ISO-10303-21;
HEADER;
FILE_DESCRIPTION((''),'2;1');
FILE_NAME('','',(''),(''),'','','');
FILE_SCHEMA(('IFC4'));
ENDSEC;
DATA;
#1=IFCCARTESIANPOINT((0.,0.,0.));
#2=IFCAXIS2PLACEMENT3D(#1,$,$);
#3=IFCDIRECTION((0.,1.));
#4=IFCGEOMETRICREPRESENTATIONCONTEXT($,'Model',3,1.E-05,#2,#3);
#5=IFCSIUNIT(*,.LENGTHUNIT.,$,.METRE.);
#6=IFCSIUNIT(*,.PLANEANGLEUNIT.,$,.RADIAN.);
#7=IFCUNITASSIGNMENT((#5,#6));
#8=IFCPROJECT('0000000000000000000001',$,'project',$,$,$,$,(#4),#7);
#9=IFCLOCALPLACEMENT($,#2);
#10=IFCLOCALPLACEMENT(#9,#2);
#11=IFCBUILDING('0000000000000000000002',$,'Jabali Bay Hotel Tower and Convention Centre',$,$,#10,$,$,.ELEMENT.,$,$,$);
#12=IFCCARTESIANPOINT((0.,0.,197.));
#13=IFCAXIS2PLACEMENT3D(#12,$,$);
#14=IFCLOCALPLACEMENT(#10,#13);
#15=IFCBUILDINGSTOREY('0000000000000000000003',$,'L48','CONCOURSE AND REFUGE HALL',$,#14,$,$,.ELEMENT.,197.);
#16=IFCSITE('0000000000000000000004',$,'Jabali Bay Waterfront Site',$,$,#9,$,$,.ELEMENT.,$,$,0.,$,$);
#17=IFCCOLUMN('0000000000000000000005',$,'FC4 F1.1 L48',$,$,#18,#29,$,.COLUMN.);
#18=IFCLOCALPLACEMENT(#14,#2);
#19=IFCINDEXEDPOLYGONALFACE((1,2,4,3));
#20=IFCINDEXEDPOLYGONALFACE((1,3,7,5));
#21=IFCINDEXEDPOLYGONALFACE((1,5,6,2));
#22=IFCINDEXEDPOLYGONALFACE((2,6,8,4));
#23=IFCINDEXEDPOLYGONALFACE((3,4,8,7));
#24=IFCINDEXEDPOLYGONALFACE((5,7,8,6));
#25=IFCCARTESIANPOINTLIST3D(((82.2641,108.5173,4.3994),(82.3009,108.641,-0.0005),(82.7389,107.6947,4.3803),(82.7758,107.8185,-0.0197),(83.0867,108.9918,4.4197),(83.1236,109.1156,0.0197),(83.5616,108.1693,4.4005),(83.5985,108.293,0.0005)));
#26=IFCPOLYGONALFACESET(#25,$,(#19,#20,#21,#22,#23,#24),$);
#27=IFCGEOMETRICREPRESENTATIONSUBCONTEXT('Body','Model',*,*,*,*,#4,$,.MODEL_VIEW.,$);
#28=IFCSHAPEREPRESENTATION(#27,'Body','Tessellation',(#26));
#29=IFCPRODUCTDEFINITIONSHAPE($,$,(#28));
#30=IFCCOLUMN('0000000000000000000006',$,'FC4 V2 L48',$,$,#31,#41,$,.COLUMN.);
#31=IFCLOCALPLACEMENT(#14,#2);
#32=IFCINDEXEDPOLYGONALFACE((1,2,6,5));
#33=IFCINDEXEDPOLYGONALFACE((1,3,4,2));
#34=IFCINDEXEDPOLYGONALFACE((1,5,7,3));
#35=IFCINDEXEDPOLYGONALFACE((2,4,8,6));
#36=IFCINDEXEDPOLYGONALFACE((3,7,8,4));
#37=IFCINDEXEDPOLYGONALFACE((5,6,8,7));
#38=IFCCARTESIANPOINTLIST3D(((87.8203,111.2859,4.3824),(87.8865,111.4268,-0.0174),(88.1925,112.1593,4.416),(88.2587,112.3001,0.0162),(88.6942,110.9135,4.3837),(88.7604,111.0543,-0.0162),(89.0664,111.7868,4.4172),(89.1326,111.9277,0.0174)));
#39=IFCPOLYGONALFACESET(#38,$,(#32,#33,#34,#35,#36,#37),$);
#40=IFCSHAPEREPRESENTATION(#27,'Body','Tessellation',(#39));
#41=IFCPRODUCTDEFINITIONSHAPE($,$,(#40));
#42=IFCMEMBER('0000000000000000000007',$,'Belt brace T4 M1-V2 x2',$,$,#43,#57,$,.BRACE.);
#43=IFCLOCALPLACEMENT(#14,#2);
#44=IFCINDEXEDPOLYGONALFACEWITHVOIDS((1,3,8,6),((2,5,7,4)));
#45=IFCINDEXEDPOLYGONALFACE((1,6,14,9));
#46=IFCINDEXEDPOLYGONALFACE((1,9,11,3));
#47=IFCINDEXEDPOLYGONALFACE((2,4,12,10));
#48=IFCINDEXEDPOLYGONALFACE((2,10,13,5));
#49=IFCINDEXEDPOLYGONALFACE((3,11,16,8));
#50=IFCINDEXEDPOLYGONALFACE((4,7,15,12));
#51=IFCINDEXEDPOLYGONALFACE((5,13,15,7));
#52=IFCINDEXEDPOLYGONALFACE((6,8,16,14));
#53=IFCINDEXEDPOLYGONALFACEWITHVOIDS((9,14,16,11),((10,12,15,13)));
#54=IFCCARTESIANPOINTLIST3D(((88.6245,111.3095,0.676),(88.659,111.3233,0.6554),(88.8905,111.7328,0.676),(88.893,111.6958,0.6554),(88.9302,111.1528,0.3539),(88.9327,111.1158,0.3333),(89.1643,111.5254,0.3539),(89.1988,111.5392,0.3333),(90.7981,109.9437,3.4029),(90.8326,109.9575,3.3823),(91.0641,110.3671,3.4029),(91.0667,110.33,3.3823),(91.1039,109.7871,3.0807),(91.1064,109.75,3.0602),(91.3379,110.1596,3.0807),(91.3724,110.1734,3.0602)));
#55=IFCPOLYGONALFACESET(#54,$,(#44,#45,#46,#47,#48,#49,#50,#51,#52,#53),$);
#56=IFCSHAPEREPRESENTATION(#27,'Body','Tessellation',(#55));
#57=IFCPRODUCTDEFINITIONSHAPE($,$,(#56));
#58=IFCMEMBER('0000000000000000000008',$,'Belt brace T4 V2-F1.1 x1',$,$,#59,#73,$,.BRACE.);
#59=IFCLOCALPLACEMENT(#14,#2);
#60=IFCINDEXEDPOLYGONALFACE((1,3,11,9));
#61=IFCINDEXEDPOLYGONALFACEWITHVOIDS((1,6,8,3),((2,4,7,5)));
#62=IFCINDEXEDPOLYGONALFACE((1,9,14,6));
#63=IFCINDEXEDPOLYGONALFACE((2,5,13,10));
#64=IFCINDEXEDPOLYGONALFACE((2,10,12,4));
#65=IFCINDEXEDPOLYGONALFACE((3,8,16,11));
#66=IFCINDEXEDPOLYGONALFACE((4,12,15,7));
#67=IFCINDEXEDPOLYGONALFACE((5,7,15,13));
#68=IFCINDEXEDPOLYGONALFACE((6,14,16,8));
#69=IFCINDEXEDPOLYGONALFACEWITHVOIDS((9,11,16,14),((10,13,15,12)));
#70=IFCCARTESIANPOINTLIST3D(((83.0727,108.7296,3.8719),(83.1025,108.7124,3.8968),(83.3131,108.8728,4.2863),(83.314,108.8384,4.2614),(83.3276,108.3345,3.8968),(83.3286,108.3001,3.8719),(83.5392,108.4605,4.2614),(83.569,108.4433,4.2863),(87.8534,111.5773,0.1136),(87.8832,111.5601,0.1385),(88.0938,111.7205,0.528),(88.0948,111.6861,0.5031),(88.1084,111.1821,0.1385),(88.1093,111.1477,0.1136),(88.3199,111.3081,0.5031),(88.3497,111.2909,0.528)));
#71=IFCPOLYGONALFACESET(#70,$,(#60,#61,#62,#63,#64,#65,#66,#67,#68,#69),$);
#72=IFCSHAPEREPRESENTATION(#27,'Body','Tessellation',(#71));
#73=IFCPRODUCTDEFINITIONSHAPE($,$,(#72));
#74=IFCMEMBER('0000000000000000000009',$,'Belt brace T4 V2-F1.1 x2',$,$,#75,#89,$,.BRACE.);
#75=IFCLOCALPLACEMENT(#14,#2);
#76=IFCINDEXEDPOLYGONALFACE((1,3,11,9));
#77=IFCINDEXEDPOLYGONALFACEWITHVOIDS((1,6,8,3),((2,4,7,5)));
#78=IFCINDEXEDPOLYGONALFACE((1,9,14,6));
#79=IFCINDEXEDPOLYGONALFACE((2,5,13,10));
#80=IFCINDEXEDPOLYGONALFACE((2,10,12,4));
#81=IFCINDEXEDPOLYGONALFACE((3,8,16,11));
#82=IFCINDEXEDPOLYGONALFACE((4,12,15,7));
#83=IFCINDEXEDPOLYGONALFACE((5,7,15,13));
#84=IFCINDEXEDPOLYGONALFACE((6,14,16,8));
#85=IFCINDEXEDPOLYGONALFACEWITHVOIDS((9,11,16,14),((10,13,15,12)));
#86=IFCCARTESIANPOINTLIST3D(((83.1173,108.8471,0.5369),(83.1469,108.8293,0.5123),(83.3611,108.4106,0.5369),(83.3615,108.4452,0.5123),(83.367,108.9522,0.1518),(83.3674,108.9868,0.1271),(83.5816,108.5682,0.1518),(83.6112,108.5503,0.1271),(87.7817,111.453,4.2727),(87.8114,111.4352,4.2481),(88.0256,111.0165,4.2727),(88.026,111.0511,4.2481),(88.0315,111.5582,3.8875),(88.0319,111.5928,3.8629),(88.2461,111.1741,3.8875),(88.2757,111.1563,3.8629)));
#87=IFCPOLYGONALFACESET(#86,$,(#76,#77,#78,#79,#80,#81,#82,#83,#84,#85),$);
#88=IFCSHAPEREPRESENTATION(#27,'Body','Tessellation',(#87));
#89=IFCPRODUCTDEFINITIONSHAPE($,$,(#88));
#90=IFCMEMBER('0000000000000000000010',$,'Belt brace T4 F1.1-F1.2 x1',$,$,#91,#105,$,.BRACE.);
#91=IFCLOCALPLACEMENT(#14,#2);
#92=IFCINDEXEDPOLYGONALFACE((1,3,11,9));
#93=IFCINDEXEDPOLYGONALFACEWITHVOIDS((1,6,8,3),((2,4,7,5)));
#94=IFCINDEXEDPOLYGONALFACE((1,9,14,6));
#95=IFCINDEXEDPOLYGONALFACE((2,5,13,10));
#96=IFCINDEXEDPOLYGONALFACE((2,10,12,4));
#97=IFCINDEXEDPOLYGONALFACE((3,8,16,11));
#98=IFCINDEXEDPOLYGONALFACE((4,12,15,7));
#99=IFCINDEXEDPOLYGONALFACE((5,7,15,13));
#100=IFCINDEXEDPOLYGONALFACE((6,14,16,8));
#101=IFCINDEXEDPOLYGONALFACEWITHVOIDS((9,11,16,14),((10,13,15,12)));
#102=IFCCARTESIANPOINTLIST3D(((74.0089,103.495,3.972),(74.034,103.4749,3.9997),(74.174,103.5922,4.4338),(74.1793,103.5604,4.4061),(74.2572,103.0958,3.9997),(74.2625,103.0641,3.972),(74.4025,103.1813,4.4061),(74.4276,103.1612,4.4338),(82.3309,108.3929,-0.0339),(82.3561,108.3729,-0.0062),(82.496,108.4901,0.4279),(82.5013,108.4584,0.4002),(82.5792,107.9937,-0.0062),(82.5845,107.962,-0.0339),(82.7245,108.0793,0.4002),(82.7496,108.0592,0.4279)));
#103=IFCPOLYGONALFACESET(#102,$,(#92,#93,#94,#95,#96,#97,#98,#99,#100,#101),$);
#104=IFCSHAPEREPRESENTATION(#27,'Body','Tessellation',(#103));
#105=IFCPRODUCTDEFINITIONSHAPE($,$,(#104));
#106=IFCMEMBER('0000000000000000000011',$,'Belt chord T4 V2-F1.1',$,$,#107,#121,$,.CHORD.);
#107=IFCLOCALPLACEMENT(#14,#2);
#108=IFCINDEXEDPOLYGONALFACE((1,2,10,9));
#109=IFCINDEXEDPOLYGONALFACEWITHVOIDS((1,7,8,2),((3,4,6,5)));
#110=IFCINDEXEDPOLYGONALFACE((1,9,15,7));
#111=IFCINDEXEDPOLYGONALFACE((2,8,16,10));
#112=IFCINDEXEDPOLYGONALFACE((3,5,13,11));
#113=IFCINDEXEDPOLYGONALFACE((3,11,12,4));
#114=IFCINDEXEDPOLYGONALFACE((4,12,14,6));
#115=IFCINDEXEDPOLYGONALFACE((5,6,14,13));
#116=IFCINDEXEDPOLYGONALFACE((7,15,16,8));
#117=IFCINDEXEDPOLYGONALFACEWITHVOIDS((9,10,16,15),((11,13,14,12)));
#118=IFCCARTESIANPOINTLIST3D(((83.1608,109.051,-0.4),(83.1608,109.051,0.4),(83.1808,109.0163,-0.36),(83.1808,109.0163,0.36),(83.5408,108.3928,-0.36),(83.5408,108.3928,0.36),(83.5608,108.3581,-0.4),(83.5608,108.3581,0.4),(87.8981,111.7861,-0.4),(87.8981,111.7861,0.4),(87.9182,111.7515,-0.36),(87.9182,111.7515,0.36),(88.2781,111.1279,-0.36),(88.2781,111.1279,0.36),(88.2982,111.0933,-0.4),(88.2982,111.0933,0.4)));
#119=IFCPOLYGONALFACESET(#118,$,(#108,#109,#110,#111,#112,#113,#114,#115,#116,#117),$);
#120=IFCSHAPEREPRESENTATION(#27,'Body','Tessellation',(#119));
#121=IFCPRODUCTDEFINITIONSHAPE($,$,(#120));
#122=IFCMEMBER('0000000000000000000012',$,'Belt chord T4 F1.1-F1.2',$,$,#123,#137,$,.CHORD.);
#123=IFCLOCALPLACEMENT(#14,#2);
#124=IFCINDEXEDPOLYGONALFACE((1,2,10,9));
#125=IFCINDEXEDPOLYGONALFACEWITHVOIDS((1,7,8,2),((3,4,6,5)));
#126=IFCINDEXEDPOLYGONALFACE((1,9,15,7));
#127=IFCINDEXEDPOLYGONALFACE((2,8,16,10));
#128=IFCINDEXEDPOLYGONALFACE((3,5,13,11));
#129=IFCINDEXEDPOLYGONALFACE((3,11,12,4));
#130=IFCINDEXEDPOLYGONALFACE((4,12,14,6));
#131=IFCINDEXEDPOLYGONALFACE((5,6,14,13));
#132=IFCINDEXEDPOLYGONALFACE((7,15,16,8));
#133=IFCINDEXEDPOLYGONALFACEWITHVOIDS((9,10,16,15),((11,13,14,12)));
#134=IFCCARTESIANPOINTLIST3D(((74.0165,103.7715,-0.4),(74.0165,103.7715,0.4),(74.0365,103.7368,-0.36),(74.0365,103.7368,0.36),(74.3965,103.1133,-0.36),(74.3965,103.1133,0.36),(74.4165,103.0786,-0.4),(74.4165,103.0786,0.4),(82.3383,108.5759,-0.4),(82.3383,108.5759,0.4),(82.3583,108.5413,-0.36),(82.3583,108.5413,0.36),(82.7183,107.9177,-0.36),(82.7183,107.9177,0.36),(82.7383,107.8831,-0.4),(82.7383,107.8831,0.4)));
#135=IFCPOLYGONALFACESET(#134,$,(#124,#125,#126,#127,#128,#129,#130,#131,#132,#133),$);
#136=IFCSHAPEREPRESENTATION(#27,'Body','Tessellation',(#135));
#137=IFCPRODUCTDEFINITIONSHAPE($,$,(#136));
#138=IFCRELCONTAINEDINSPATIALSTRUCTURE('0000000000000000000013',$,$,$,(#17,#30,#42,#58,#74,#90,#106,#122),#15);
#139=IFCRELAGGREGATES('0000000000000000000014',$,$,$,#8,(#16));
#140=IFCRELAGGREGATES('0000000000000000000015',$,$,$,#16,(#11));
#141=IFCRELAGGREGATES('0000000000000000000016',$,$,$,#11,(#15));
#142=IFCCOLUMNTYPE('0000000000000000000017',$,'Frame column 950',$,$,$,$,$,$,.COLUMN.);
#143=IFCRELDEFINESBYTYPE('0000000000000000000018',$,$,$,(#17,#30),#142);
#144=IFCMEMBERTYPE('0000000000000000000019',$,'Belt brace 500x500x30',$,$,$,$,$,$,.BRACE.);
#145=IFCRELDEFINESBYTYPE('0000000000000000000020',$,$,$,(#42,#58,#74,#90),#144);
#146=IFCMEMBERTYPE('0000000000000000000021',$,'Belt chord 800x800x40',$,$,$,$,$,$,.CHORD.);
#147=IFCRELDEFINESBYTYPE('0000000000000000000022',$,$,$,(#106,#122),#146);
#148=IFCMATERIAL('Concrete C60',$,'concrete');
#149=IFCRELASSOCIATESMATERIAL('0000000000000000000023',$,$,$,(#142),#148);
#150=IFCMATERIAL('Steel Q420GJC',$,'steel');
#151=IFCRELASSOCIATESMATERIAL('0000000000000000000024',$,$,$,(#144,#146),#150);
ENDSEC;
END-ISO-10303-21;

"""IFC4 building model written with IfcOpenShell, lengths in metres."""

from ifc_helpers import new_model, si_unit, direction, frame, origin, origin_2d, place, context, subcontext, project, spatial, rectangle, hollow_rectangle, extrude, material, material_profile, profile_set, type_object, element, save


model = new_model("IFC4")

# Units and contexts
model_context = context("Model", 3, precision=1e-05, world=origin(), true_north=direction((0.0, 1.0)))
body_context = subcontext(model_context, "Body", "Model", "MODEL_VIEW")
ifc_project = project(units=[si_unit("LENGTHUNIT", "METRE"), si_unit("PLANEANGLEUNIT", "RADIAN")], contexts=[model_context])

# Site, building, storey
site_placement = place(None, origin())
site = spatial("IfcSite", under=ifc_project, at=site_placement, Name="Jabali Bay Waterfront Site", CompositionType="ELEMENT", RefElevation=0.0)
building_placement = place(site_placement, origin())
building = spatial("IfcBuilding", under=site, at=building_placement, Name="Jabali Bay Hotel Tower and Convention Centre", CompositionType="ELEMENT")
storey_placement = place(building_placement, frame((0.0, 0.0, 197.0)))
storey = spatial("IfcBuildingStorey", under=building, at=storey_placement, Name="L48", Description="CONCOURSE AND REFUGE HALL", CompositionType="ELEMENT", Elevation=197.0)

# Columns
ifc_material_1 = material(Name="Concrete C60", Category="concrete")
ifc_material_profile_1 = material_profile(ifc_material_1, rectangle(XDim=0.95, YDim=0.95, at=origin_2d()), Name="Frame column 950")
ifc_profile_set_1 = profile_set([ifc_material_profile_1], Name="Concrete C60")
column_type = type_object("IfcColumnType", Name="Frame column 950", PredefinedType="COLUMN", material=ifc_profile_set_1)
column_1_placement = place(storey_placement, frame((82.9497, 108.467, 0.0), z_axis=(-0.008375, -0.02812, 0.999569), x_axis=(0.866042, 0.499517, 0.021309)))
element("IfcColumn", 1, at=column_1_placement, inside=storey, type_object=column_type, Name="FC4 F1.1 L48", PredefinedType="COLUMN", context=body_context, shape_type="SweptSolid", body=[
    extrude(rectangle(XDim=0.95, YDim=0.95, at=origin_2d()), origin(), (0.0, 0.0, 1.0), 4.4019),
])
column_2_placement = place(storey_placement, frame((88.5095, 111.6772, 0.0), z_axis=(-0.015028, -0.031996, 0.999375), x_axis=(0.91994, -0.392056, 0.001281)))
element("IfcColumn", 2, at=column_2_placement, inside=storey, type_object=column_type, Name="FC4 V2 L48", PredefinedType="COLUMN", context=body_context, shape_type="SweptSolid", body=[
    extrude(rectangle(XDim=0.95, YDim=0.95, at=origin_2d()), origin(), (0.0, 0.0, 1.0), 4.4026),
])

# Members
ifc_material_2 = material(Name="Steel Q420GJC", Category="steel")
ifc_material_profile_2 = material_profile(ifc_material_2, hollow_rectangle(XDim=0.5, YDim=0.5, WallThickness=0.03, at=origin_2d()), Name="Belt brace 500x500x30")
ifc_profile_set_2 = profile_set([ifc_material_profile_2], Name="Steel Q420GJC")
member_type_1 = type_object("IfcMemberType", Name="Belt brace 500x500x30", PredefinedType="BRACE", material=ifc_profile_set_2)
member_1_placement = place(storey_placement, frame((88.9116, 111.4243, 0.5046), z_axis=(0.580394, -0.364677, 0.728116), x_axis=(0.532024, 0.84673, 0.0)))
element("IfcMember", 3, at=member_1_placement, inside=storey, type_object=member_type_1, Name="Belt brace T4 M1-V2 x2", PredefinedType="BRACE", context=body_context, shape_type="SweptSolid", body=[
    extrude(hollow_rectangle(XDim=0.5, YDim=0.5, WallThickness=0.03, at=origin_2d()), origin(), (0.0, 0.0, 1.0), 3.7451),
])
member_2_placement = place(storey_placement, frame((88.1016, 111.4341, 0.3208), z_axis=(-0.711965, -0.424081, 0.559697), x_axis=(0.511745, -0.859138, 0.0)))
element("IfcMember", 4, at=member_2_placement, inside=storey, type_object=member_type_1, Name="Belt brace T4 V2-F1.1 x1", PredefinedType="BRACE", context=body_context, shape_type="SweptSolid", body=[
    extrude(hollow_rectangle(XDim=0.5, YDim=0.5, WallThickness=0.03, at=origin_2d()), origin(), (0.0, 0.0, 1.0), 6.7148),
])
member_3_placement = place(storey_placement, frame((83.3643, 108.6987, 0.332), z_axis=(0.715463, 0.399709, 0.573014), x_axis=(-0.487721, 0.873, 0.0)))
element("IfcMember", 5, at=member_3_placement, inside=storey, type_object=member_type_1, Name="Belt brace T4 V2-F1.1 x2", PredefinedType="BRACE", context=body_context, shape_type="SweptSolid", body=[
    extrude(hollow_rectangle(XDim=0.5, YDim=0.5, WallThickness=0.03, at=origin_2d()), origin(), (0.0, 0.0, 1.0), 6.5195),
])
member_4_placement = place(storey_placement, frame((82.5403, 108.2261, 0.197), z_axis=(-0.796036, -0.468509, 0.383177), x_axis=(0.507223, -0.861815, 0.0)))
element("IfcMember", 6, at=member_4_placement, inside=storey, type_object=member_type_1, Name="Belt brace T4 F1.1-F1.2 x1", PredefinedType="BRACE", context=body_context, shape_type="SweptSolid", body=[
    extrude(hollow_rectangle(XDim=0.5, YDim=0.5, WallThickness=0.03, at=origin_2d()), origin(), (0.0, 0.0, 1.0), 10.4543),
])
ifc_material_profile_3 = material_profile(ifc_material_2, hollow_rectangle(XDim=0.8, YDim=0.8, WallThickness=0.04, at=origin_2d()), Name="Belt chord 800x800x40")
ifc_profile_set_3 = profile_set([ifc_material_profile_3], Name="Steel Q420GJC")
member_type_2 = type_object("IfcMemberType", Name="Belt chord 800x800x40", PredefinedType="CHORD", material=ifc_profile_set_3)
member_5_placement = place(storey_placement, frame((88.0981, 111.4397, 0.0), z_axis=(-0.866024, -0.500003, 0.0), x_axis=(0.500003, -0.866024, 0.0)))
element("IfcMember", 7, at=member_5_placement, inside=storey, type_object=member_type_2, Name="Belt chord T4 V2-F1.1", PredefinedType="CHORD", context=body_context, shape_type="SweptSolid", body=[
    extrude(hollow_rectangle(XDim=0.8, YDim=0.8, WallThickness=0.04, at=origin_2d()), origin(), (0.0, 0.0, 1.0), 5.4702),
])
member_6_placement = place(storey_placement, frame((82.5383, 108.2295, 0.0), z_axis=(-0.866032, -0.499989, 0.0), x_axis=(0.499989, -0.866032, 0.0)))
element("IfcMember", 8, at=member_6_placement, inside=storey, type_object=member_type_2, Name="Belt chord T4 F1.1-F1.2", PredefinedType="CHORD", context=body_context, shape_type="SweptSolid", body=[
    extrude(hollow_rectangle(XDim=0.8, YDim=0.8, WallThickness=0.04, at=origin_2d()), origin(), (0.0, 0.0, 1.0), 9.6091),
])

save(model, "model.ifc")
